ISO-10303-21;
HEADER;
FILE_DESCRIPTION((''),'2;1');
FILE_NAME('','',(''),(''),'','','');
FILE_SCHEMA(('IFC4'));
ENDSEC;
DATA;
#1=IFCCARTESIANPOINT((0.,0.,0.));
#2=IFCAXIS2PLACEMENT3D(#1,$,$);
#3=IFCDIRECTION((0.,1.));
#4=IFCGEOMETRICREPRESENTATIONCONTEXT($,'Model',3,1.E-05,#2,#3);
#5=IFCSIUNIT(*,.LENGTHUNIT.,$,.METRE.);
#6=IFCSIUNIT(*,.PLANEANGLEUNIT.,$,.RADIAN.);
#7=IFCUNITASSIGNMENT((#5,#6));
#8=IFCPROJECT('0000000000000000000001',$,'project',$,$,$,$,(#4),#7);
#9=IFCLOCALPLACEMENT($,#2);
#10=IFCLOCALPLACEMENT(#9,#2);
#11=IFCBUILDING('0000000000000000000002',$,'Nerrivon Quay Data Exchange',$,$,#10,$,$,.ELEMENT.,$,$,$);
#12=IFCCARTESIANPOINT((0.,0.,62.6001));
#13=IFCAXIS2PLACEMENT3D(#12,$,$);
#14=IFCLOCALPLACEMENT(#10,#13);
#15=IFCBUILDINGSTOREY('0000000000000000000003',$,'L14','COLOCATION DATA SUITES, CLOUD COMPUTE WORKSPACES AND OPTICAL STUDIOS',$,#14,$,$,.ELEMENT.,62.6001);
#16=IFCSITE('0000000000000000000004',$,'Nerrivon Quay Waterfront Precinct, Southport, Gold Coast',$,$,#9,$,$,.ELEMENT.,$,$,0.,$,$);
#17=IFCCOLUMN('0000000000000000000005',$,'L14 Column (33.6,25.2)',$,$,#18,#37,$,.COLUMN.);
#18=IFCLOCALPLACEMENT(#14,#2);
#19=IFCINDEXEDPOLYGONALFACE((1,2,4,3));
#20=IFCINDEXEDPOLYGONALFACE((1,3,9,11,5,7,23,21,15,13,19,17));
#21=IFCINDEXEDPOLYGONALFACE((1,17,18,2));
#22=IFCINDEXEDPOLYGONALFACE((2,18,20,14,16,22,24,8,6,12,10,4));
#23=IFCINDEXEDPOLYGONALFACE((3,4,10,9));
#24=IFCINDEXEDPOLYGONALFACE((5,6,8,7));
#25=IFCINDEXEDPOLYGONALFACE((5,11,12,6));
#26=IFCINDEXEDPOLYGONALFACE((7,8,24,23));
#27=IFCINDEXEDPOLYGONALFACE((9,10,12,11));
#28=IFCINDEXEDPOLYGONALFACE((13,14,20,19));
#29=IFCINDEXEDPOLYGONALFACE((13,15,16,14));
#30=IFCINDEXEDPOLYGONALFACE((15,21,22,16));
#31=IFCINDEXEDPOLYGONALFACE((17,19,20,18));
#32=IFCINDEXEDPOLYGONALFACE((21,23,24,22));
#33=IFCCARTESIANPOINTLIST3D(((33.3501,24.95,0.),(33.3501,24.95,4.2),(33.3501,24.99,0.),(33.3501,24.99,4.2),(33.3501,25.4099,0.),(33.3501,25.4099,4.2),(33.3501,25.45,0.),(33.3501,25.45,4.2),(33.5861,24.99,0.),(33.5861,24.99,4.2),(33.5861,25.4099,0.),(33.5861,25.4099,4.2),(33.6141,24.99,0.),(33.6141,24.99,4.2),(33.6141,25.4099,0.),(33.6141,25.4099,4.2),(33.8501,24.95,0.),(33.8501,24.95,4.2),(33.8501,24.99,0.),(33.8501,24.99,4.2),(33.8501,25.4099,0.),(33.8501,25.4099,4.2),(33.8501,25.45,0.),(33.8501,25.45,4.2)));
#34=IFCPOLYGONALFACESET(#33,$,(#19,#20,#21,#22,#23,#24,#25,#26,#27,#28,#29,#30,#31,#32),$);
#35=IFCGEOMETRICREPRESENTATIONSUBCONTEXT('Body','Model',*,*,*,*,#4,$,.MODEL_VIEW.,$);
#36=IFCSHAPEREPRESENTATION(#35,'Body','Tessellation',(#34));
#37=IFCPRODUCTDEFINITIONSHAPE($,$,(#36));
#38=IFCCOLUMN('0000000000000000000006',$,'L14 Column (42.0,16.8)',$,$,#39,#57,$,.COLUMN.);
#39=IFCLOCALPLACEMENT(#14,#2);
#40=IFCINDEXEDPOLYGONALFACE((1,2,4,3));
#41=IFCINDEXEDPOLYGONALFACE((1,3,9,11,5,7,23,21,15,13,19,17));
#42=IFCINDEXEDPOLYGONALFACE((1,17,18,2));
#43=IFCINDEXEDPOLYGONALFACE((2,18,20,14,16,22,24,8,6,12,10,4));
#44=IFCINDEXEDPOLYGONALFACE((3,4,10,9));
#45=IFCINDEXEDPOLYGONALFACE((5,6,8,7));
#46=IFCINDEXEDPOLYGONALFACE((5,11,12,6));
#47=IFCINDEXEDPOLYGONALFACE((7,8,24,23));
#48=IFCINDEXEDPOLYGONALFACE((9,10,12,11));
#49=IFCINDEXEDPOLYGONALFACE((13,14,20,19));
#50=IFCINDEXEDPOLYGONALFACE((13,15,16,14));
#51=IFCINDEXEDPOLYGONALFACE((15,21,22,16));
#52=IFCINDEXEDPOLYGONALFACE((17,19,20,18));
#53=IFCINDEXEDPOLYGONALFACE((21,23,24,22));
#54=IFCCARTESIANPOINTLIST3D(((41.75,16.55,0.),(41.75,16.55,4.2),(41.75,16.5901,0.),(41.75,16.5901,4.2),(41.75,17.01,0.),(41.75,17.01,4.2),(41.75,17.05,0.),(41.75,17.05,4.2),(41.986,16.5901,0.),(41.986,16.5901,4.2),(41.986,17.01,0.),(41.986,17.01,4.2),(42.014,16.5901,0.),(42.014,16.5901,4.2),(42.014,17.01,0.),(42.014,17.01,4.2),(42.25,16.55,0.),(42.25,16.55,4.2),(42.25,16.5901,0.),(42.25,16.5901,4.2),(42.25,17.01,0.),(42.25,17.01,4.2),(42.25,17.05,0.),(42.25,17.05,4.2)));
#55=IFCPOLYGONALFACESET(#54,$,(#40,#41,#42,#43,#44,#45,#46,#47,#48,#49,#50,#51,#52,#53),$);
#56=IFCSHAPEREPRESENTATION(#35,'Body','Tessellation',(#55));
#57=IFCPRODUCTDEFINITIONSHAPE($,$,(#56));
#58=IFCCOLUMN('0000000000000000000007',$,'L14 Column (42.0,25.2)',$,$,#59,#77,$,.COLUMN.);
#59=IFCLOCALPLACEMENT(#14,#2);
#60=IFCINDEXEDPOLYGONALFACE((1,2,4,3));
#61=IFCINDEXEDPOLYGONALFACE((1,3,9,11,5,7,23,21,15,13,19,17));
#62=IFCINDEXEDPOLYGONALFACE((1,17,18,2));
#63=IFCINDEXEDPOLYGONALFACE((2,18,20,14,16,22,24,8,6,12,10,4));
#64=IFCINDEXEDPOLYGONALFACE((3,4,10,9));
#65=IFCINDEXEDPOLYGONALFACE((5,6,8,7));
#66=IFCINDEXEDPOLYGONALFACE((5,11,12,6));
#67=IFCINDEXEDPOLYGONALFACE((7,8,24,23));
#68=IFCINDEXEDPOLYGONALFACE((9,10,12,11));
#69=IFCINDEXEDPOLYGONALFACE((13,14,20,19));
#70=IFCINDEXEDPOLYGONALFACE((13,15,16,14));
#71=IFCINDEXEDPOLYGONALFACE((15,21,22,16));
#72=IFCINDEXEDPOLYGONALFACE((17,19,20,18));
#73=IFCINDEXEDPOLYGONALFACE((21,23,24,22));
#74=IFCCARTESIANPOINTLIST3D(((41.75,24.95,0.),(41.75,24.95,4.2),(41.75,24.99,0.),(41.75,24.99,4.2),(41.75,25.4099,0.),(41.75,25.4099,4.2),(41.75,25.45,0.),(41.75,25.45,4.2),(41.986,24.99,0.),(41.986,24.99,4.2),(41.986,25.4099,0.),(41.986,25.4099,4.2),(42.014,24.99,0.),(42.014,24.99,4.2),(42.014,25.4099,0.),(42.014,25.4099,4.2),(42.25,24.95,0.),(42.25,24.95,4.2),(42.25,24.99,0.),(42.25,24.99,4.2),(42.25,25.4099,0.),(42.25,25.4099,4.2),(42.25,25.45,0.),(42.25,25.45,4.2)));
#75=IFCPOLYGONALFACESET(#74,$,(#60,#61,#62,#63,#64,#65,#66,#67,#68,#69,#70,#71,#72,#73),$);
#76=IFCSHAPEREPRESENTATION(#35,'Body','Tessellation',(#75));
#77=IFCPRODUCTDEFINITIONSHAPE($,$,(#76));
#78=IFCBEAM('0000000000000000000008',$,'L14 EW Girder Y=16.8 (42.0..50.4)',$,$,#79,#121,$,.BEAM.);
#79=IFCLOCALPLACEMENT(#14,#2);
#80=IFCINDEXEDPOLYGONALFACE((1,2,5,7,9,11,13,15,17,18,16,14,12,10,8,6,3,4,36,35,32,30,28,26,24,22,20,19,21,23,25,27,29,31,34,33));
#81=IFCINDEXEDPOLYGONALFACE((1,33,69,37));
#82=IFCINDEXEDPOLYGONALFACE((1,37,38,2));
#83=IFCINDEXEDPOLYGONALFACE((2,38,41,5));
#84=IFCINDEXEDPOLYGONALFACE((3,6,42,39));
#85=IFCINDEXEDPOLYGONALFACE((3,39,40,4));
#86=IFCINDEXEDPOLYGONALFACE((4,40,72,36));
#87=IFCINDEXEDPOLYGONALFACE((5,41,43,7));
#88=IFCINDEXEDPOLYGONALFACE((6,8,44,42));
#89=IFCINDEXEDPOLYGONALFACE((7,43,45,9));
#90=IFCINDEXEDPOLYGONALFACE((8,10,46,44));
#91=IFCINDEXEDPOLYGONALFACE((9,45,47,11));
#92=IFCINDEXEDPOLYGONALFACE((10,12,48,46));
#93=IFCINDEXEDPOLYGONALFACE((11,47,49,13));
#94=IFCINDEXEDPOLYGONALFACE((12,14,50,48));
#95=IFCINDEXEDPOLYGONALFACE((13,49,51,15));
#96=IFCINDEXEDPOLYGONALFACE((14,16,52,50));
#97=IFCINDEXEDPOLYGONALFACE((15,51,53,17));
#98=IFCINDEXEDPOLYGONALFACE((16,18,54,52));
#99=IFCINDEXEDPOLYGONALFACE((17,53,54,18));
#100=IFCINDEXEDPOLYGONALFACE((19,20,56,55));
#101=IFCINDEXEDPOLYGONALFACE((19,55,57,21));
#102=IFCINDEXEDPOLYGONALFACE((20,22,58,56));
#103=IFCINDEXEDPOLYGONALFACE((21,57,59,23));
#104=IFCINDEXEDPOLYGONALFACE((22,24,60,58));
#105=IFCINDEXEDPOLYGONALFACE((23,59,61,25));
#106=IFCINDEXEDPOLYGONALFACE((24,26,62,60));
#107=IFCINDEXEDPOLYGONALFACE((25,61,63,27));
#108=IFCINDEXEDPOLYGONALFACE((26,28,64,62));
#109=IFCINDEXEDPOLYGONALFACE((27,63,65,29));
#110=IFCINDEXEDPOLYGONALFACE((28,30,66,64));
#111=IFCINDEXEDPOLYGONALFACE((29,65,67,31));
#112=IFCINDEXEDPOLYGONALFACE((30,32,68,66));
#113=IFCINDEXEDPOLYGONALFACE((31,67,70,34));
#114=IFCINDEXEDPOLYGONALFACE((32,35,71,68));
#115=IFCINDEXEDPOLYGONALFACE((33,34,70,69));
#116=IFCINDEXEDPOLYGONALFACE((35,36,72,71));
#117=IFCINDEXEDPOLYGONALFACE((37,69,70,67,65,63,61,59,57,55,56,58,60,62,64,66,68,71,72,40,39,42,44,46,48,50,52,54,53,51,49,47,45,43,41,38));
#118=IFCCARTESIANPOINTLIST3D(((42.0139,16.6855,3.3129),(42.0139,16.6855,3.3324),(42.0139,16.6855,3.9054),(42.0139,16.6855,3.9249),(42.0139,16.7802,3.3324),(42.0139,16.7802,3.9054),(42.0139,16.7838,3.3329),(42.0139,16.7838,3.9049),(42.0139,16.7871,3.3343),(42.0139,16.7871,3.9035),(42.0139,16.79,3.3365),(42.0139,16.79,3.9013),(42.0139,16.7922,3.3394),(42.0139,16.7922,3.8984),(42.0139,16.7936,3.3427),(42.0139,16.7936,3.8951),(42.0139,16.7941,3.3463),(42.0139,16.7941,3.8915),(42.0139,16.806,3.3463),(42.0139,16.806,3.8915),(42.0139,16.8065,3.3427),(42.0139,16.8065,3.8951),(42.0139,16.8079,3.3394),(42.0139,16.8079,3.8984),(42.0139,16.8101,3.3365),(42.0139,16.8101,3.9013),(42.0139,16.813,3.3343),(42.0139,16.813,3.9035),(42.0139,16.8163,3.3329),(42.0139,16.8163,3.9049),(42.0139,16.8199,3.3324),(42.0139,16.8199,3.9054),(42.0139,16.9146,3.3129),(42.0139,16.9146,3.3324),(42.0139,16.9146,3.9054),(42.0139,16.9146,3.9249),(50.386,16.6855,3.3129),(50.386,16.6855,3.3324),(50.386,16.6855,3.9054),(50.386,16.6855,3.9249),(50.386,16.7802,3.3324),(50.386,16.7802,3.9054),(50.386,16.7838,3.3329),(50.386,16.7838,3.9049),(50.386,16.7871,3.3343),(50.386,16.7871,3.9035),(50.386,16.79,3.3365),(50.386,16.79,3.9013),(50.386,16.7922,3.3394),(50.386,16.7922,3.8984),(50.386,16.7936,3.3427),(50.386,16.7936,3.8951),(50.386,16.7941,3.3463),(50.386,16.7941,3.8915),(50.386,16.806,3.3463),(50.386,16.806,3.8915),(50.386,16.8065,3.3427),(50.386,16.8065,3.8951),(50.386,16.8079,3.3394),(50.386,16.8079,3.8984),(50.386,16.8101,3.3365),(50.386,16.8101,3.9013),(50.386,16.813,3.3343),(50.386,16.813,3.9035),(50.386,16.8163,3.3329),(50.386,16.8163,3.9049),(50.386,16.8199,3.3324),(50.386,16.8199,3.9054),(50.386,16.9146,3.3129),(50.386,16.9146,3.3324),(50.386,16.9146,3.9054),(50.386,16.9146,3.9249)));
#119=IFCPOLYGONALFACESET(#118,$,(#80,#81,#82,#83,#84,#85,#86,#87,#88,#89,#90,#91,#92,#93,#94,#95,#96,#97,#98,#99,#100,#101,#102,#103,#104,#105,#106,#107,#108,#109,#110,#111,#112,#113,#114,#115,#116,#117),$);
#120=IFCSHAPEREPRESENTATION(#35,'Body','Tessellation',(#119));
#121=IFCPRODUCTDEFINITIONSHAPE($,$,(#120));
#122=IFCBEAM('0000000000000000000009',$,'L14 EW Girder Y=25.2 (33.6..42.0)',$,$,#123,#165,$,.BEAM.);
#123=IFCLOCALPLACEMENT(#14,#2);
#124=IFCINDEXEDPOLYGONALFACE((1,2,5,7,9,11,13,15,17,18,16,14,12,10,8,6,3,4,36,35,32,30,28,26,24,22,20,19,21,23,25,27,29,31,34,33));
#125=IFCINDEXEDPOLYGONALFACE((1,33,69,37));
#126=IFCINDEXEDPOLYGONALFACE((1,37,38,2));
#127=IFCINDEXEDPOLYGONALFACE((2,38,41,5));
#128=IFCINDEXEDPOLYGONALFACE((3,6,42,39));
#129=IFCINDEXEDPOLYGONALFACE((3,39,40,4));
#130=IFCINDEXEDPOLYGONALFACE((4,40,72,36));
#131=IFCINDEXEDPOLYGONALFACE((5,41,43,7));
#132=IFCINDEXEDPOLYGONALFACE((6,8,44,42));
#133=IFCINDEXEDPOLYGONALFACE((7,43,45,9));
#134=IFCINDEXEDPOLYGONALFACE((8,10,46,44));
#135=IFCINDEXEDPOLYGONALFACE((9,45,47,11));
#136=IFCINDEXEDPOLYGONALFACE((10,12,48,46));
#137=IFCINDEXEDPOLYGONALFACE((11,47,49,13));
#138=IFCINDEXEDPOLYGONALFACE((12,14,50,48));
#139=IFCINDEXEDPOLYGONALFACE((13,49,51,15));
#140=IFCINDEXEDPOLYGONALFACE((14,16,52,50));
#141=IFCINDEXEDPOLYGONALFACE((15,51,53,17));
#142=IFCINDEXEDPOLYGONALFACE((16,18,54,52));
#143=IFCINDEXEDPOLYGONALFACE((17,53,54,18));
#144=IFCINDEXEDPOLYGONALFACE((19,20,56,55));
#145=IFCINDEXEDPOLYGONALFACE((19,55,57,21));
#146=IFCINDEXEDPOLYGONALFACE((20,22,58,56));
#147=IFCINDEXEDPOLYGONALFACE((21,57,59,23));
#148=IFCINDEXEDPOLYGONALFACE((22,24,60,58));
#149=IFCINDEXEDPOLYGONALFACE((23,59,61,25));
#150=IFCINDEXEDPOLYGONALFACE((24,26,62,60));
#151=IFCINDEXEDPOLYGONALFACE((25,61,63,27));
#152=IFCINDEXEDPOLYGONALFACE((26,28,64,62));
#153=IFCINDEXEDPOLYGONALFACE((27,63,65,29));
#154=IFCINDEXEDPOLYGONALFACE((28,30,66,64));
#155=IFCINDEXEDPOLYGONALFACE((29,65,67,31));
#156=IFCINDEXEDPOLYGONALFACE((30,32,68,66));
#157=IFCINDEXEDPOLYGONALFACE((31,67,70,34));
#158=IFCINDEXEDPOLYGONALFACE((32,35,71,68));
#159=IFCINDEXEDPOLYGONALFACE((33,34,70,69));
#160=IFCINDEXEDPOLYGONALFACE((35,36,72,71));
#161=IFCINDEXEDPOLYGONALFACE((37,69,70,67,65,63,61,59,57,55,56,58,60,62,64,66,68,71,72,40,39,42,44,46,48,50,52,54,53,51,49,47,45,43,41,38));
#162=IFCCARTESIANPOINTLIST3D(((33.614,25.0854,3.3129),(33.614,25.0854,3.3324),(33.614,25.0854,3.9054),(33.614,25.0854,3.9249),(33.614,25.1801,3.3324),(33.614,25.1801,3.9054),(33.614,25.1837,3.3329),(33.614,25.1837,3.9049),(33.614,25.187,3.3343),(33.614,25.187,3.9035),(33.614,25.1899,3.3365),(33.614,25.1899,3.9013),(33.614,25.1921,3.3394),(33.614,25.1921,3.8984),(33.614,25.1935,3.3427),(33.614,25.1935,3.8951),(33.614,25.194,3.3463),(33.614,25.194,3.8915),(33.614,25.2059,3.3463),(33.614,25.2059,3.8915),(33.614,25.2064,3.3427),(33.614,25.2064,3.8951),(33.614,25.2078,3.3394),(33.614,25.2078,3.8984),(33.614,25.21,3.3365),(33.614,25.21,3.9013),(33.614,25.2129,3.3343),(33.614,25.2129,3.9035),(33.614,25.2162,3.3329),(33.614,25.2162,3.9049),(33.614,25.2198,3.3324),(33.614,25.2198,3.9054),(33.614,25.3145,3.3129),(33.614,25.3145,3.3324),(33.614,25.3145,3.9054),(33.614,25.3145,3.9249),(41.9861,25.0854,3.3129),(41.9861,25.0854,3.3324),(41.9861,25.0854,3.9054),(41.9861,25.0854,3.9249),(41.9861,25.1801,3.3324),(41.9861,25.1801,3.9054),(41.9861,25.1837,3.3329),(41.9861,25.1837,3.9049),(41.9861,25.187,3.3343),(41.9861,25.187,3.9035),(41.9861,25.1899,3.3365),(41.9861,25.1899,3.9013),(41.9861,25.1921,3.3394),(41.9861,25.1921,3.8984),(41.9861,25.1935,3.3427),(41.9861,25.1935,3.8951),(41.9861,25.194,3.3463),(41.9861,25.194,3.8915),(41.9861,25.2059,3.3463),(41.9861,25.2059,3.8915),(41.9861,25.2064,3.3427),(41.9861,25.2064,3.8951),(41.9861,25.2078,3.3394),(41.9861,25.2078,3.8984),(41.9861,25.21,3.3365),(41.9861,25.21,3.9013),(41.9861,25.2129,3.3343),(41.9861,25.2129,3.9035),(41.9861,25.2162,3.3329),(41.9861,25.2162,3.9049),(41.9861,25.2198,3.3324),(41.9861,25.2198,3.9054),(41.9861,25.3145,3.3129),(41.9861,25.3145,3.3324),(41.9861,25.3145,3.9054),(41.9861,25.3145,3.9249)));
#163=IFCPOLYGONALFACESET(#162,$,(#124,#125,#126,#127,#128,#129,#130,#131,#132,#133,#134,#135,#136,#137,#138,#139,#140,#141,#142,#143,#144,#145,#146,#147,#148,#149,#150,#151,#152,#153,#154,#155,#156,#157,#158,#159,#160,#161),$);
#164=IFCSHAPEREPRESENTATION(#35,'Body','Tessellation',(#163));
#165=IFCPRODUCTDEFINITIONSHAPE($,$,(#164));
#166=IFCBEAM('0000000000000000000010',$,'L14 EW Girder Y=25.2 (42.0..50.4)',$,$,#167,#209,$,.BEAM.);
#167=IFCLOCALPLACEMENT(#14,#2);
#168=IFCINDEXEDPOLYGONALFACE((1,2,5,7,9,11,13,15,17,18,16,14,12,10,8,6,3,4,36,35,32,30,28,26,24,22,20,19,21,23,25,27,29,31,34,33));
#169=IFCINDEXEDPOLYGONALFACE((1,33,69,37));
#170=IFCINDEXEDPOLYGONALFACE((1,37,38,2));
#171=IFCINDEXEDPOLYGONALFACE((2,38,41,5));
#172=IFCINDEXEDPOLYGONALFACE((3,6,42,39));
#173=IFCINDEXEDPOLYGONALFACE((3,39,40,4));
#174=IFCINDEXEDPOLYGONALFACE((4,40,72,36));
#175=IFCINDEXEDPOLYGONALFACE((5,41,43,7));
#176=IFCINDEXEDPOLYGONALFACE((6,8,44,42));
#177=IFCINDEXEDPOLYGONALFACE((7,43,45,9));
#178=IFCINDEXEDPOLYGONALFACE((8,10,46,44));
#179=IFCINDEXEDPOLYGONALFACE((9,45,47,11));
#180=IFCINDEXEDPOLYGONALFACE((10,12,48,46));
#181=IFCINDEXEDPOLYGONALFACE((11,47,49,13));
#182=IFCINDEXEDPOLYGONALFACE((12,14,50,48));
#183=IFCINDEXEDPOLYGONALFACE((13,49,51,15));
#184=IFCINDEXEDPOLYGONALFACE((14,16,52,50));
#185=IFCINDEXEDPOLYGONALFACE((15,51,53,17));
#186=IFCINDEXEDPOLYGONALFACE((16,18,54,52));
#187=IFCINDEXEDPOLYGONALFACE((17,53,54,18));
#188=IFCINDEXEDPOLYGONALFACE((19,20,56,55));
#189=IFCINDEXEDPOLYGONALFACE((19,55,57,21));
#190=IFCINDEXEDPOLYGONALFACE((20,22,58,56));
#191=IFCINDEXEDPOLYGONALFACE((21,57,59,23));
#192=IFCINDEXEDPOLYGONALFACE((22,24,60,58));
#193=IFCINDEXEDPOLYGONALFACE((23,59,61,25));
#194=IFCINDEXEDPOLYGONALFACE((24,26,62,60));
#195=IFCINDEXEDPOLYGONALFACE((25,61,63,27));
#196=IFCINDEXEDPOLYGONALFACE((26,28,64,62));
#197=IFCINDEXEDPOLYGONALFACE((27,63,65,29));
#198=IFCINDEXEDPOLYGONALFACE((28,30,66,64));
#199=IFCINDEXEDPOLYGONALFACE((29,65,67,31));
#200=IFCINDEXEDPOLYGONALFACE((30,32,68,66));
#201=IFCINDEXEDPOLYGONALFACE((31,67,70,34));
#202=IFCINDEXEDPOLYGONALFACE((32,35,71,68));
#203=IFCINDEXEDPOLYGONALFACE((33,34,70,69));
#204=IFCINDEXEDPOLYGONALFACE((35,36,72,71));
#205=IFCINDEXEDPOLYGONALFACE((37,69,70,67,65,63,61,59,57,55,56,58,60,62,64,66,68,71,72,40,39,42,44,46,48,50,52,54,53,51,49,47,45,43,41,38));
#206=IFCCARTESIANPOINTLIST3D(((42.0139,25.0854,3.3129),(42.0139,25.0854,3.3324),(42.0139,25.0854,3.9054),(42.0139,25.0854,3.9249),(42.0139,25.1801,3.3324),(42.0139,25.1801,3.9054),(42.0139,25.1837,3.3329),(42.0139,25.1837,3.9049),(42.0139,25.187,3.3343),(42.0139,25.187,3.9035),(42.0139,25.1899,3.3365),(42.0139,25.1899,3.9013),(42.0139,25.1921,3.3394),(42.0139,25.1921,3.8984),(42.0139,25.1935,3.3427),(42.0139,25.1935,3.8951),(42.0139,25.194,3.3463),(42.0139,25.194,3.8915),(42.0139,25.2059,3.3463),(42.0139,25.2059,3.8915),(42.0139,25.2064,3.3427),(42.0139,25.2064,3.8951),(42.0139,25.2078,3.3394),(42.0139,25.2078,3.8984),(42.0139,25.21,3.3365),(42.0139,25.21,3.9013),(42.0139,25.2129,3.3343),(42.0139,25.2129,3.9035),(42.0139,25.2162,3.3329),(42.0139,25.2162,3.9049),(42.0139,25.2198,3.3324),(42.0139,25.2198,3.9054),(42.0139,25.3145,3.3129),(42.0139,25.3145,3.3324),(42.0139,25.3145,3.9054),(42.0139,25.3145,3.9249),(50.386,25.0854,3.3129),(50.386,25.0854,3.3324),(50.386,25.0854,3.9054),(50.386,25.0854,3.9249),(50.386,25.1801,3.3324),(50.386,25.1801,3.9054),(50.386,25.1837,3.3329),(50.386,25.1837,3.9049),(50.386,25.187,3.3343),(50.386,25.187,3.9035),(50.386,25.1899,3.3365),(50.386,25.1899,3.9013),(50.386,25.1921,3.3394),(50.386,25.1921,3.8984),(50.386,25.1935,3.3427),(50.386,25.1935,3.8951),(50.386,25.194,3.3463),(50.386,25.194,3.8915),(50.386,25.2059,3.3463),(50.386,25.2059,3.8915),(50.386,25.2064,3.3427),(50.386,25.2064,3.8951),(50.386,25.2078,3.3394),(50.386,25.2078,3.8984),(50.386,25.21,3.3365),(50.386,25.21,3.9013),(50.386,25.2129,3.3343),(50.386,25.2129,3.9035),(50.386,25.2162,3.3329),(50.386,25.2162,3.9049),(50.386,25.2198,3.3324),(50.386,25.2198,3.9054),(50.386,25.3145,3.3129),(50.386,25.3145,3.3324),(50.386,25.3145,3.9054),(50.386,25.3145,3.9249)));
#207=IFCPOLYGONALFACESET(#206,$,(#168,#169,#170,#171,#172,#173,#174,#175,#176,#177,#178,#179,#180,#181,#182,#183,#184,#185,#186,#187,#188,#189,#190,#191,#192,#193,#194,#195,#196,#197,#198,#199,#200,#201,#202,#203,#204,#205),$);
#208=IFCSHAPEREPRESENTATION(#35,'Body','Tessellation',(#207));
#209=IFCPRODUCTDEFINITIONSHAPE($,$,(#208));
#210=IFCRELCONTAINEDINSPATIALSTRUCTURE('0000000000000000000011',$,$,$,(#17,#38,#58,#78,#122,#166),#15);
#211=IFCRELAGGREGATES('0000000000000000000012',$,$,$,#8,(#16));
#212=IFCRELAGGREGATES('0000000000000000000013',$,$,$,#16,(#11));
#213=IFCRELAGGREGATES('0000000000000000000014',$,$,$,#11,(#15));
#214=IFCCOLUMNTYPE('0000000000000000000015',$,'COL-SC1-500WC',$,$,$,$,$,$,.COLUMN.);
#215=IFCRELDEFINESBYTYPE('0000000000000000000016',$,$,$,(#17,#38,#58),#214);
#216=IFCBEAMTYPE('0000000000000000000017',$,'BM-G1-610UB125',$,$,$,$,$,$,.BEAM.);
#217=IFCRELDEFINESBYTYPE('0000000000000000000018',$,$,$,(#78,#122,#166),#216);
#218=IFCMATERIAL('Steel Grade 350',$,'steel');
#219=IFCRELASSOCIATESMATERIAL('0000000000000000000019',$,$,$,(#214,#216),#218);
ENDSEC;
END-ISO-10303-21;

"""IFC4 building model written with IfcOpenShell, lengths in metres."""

from ifc_helpers import new_model, si_unit, direction, frame, origin, origin_2d, place, context, subcontext, project, spatial, i_section, extrude, material, material_profile, profile_set, type_object, element, save


model = new_model("IFC4")

# Units and contexts
model_context = context("Model", 3, precision=1e-05, world=origin(), true_north=direction((0.0, 1.0)))
body_context = subcontext(model_context, "Body", "Model", "MODEL_VIEW")
ifc_project = project(units=[si_unit("LENGTHUNIT", "METRE"), si_unit("PLANEANGLEUNIT", "RADIAN")], contexts=[model_context])

# Site, building, storey
site_placement = place(None, origin())
site = spatial("IfcSite", under=ifc_project, at=site_placement, Name="Nerrivon Quay Waterfront Precinct, Southport, Gold Coast", CompositionType="ELEMENT", RefElevation=0.0)
building_placement = place(site_placement, origin())
building = spatial("IfcBuilding", under=site, at=building_placement, Name="Nerrivon Quay Data Exchange", CompositionType="ELEMENT")
storey_placement = place(building_placement, frame((0.0, 0.0, 62.6001)))
storey = spatial("IfcBuildingStorey", under=building, at=storey_placement, Name="L14", Description="COLOCATION DATA SUITES, CLOUD COMPUTE WORKSPACES AND OPTICAL STUDIOS", CompositionType="ELEMENT", Elevation=62.6001)

# Columns
ifc_material_1 = material(Name="Steel Grade 350", Category="steel")
ifc_material_profile_1 = material_profile(ifc_material_1, i_section(OverallWidth=0.5, OverallDepth=0.5, WebThickness=0.0281, FlangeThickness=0.04, at=origin_2d()), Name="500WC440")
ifc_profile_set_1 = profile_set([ifc_material_profile_1], Name="Steel Grade 350")
column_type = type_object("IfcColumnType", Name="COL-SC1-500WC", PredefinedType="COLUMN", material=ifc_profile_set_1)
for number, where, z_axis, x_axis, name in (
    (1, (33.6001, 25.2, 0.0), (0.0, 0.0, 1.0), (1.0, 0.0, 0.0), "L14 Column (33.6,25.2)"),
    (2, (42.0, 16.8, 0.0), (0.0, 0.0, 1.0), (1.0, 0.0, 0.0), "L14 Column (42.0,16.8)"),
    (3, (42.0, 25.2, 0.0), (0.0, 0.0, 1.0), (1.0, 0.0, 0.0), "L14 Column (42.0,25.2)"),
):
    element("IfcColumn", number, at=place(storey_placement, frame(where, z_axis=z_axis, x_axis=x_axis)), inside=storey, type_object=column_type, Name=name, PredefinedType="COLUMN", context=body_context, shape_type="SweptSolid", body=[
        extrude(i_section(OverallWidth=0.5, OverallDepth=0.5, WebThickness=0.0281, FlangeThickness=0.04, at=origin_2d()), origin(), (0.0, 0.0, 1.0), 4.2),
    ])

# Beams
ifc_material_profile_2 = material_profile(ifc_material_1, i_section(OverallWidth=0.229, OverallDepth=0.6121, WebThickness=0.012, FlangeThickness=0.0195, FilletRadius=0.0139, at=origin_2d()), Name="610UB125")
ifc_profile_set_2 = profile_set([ifc_material_profile_2], Name="Steel Grade 350")
beam_type_1 = type_object("IfcBeamType", Name="BM-G1-610UB125", PredefinedType="BEAM", material=ifc_profile_set_2)
for number, where, z_axis, x_axis, name in (
    (4, (42.0139, 16.8, 3.6189), (1.0, 0.0, 0.0), (0.0, 1.0, 0.0), "L14 EW Girder Y=16.8 (42.0..50.4)"),
    (5, (33.614, 25.2, 3.6189), (1.0, 0.0, 0.0), (0.0, 1.0, 0.0), "L14 EW Girder Y=25.2 (33.6..42.0)"),
    (6, (42.0139, 25.2, 3.6189), (1.0, 0.0, 0.0), (0.0, 1.0, 0.0), "L14 EW Girder Y=25.2 (42.0..50.4)"),
):
    element("IfcBeam", number, at=place(storey_placement, frame(where, z_axis=z_axis, x_axis=x_axis)), inside=storey, type_object=beam_type_1, Name=name, PredefinedType="BEAM", context=body_context, shape_type="SweptSolid", body=[
        extrude(i_section(OverallWidth=0.229, OverallDepth=0.6121, WebThickness=0.012, FlangeThickness=0.0195, FilletRadius=0.0139, at=origin_2d()), origin(), (0.0, 0.0, 1.0), 8.3721),
    ])

save(model, "model.ifc")
